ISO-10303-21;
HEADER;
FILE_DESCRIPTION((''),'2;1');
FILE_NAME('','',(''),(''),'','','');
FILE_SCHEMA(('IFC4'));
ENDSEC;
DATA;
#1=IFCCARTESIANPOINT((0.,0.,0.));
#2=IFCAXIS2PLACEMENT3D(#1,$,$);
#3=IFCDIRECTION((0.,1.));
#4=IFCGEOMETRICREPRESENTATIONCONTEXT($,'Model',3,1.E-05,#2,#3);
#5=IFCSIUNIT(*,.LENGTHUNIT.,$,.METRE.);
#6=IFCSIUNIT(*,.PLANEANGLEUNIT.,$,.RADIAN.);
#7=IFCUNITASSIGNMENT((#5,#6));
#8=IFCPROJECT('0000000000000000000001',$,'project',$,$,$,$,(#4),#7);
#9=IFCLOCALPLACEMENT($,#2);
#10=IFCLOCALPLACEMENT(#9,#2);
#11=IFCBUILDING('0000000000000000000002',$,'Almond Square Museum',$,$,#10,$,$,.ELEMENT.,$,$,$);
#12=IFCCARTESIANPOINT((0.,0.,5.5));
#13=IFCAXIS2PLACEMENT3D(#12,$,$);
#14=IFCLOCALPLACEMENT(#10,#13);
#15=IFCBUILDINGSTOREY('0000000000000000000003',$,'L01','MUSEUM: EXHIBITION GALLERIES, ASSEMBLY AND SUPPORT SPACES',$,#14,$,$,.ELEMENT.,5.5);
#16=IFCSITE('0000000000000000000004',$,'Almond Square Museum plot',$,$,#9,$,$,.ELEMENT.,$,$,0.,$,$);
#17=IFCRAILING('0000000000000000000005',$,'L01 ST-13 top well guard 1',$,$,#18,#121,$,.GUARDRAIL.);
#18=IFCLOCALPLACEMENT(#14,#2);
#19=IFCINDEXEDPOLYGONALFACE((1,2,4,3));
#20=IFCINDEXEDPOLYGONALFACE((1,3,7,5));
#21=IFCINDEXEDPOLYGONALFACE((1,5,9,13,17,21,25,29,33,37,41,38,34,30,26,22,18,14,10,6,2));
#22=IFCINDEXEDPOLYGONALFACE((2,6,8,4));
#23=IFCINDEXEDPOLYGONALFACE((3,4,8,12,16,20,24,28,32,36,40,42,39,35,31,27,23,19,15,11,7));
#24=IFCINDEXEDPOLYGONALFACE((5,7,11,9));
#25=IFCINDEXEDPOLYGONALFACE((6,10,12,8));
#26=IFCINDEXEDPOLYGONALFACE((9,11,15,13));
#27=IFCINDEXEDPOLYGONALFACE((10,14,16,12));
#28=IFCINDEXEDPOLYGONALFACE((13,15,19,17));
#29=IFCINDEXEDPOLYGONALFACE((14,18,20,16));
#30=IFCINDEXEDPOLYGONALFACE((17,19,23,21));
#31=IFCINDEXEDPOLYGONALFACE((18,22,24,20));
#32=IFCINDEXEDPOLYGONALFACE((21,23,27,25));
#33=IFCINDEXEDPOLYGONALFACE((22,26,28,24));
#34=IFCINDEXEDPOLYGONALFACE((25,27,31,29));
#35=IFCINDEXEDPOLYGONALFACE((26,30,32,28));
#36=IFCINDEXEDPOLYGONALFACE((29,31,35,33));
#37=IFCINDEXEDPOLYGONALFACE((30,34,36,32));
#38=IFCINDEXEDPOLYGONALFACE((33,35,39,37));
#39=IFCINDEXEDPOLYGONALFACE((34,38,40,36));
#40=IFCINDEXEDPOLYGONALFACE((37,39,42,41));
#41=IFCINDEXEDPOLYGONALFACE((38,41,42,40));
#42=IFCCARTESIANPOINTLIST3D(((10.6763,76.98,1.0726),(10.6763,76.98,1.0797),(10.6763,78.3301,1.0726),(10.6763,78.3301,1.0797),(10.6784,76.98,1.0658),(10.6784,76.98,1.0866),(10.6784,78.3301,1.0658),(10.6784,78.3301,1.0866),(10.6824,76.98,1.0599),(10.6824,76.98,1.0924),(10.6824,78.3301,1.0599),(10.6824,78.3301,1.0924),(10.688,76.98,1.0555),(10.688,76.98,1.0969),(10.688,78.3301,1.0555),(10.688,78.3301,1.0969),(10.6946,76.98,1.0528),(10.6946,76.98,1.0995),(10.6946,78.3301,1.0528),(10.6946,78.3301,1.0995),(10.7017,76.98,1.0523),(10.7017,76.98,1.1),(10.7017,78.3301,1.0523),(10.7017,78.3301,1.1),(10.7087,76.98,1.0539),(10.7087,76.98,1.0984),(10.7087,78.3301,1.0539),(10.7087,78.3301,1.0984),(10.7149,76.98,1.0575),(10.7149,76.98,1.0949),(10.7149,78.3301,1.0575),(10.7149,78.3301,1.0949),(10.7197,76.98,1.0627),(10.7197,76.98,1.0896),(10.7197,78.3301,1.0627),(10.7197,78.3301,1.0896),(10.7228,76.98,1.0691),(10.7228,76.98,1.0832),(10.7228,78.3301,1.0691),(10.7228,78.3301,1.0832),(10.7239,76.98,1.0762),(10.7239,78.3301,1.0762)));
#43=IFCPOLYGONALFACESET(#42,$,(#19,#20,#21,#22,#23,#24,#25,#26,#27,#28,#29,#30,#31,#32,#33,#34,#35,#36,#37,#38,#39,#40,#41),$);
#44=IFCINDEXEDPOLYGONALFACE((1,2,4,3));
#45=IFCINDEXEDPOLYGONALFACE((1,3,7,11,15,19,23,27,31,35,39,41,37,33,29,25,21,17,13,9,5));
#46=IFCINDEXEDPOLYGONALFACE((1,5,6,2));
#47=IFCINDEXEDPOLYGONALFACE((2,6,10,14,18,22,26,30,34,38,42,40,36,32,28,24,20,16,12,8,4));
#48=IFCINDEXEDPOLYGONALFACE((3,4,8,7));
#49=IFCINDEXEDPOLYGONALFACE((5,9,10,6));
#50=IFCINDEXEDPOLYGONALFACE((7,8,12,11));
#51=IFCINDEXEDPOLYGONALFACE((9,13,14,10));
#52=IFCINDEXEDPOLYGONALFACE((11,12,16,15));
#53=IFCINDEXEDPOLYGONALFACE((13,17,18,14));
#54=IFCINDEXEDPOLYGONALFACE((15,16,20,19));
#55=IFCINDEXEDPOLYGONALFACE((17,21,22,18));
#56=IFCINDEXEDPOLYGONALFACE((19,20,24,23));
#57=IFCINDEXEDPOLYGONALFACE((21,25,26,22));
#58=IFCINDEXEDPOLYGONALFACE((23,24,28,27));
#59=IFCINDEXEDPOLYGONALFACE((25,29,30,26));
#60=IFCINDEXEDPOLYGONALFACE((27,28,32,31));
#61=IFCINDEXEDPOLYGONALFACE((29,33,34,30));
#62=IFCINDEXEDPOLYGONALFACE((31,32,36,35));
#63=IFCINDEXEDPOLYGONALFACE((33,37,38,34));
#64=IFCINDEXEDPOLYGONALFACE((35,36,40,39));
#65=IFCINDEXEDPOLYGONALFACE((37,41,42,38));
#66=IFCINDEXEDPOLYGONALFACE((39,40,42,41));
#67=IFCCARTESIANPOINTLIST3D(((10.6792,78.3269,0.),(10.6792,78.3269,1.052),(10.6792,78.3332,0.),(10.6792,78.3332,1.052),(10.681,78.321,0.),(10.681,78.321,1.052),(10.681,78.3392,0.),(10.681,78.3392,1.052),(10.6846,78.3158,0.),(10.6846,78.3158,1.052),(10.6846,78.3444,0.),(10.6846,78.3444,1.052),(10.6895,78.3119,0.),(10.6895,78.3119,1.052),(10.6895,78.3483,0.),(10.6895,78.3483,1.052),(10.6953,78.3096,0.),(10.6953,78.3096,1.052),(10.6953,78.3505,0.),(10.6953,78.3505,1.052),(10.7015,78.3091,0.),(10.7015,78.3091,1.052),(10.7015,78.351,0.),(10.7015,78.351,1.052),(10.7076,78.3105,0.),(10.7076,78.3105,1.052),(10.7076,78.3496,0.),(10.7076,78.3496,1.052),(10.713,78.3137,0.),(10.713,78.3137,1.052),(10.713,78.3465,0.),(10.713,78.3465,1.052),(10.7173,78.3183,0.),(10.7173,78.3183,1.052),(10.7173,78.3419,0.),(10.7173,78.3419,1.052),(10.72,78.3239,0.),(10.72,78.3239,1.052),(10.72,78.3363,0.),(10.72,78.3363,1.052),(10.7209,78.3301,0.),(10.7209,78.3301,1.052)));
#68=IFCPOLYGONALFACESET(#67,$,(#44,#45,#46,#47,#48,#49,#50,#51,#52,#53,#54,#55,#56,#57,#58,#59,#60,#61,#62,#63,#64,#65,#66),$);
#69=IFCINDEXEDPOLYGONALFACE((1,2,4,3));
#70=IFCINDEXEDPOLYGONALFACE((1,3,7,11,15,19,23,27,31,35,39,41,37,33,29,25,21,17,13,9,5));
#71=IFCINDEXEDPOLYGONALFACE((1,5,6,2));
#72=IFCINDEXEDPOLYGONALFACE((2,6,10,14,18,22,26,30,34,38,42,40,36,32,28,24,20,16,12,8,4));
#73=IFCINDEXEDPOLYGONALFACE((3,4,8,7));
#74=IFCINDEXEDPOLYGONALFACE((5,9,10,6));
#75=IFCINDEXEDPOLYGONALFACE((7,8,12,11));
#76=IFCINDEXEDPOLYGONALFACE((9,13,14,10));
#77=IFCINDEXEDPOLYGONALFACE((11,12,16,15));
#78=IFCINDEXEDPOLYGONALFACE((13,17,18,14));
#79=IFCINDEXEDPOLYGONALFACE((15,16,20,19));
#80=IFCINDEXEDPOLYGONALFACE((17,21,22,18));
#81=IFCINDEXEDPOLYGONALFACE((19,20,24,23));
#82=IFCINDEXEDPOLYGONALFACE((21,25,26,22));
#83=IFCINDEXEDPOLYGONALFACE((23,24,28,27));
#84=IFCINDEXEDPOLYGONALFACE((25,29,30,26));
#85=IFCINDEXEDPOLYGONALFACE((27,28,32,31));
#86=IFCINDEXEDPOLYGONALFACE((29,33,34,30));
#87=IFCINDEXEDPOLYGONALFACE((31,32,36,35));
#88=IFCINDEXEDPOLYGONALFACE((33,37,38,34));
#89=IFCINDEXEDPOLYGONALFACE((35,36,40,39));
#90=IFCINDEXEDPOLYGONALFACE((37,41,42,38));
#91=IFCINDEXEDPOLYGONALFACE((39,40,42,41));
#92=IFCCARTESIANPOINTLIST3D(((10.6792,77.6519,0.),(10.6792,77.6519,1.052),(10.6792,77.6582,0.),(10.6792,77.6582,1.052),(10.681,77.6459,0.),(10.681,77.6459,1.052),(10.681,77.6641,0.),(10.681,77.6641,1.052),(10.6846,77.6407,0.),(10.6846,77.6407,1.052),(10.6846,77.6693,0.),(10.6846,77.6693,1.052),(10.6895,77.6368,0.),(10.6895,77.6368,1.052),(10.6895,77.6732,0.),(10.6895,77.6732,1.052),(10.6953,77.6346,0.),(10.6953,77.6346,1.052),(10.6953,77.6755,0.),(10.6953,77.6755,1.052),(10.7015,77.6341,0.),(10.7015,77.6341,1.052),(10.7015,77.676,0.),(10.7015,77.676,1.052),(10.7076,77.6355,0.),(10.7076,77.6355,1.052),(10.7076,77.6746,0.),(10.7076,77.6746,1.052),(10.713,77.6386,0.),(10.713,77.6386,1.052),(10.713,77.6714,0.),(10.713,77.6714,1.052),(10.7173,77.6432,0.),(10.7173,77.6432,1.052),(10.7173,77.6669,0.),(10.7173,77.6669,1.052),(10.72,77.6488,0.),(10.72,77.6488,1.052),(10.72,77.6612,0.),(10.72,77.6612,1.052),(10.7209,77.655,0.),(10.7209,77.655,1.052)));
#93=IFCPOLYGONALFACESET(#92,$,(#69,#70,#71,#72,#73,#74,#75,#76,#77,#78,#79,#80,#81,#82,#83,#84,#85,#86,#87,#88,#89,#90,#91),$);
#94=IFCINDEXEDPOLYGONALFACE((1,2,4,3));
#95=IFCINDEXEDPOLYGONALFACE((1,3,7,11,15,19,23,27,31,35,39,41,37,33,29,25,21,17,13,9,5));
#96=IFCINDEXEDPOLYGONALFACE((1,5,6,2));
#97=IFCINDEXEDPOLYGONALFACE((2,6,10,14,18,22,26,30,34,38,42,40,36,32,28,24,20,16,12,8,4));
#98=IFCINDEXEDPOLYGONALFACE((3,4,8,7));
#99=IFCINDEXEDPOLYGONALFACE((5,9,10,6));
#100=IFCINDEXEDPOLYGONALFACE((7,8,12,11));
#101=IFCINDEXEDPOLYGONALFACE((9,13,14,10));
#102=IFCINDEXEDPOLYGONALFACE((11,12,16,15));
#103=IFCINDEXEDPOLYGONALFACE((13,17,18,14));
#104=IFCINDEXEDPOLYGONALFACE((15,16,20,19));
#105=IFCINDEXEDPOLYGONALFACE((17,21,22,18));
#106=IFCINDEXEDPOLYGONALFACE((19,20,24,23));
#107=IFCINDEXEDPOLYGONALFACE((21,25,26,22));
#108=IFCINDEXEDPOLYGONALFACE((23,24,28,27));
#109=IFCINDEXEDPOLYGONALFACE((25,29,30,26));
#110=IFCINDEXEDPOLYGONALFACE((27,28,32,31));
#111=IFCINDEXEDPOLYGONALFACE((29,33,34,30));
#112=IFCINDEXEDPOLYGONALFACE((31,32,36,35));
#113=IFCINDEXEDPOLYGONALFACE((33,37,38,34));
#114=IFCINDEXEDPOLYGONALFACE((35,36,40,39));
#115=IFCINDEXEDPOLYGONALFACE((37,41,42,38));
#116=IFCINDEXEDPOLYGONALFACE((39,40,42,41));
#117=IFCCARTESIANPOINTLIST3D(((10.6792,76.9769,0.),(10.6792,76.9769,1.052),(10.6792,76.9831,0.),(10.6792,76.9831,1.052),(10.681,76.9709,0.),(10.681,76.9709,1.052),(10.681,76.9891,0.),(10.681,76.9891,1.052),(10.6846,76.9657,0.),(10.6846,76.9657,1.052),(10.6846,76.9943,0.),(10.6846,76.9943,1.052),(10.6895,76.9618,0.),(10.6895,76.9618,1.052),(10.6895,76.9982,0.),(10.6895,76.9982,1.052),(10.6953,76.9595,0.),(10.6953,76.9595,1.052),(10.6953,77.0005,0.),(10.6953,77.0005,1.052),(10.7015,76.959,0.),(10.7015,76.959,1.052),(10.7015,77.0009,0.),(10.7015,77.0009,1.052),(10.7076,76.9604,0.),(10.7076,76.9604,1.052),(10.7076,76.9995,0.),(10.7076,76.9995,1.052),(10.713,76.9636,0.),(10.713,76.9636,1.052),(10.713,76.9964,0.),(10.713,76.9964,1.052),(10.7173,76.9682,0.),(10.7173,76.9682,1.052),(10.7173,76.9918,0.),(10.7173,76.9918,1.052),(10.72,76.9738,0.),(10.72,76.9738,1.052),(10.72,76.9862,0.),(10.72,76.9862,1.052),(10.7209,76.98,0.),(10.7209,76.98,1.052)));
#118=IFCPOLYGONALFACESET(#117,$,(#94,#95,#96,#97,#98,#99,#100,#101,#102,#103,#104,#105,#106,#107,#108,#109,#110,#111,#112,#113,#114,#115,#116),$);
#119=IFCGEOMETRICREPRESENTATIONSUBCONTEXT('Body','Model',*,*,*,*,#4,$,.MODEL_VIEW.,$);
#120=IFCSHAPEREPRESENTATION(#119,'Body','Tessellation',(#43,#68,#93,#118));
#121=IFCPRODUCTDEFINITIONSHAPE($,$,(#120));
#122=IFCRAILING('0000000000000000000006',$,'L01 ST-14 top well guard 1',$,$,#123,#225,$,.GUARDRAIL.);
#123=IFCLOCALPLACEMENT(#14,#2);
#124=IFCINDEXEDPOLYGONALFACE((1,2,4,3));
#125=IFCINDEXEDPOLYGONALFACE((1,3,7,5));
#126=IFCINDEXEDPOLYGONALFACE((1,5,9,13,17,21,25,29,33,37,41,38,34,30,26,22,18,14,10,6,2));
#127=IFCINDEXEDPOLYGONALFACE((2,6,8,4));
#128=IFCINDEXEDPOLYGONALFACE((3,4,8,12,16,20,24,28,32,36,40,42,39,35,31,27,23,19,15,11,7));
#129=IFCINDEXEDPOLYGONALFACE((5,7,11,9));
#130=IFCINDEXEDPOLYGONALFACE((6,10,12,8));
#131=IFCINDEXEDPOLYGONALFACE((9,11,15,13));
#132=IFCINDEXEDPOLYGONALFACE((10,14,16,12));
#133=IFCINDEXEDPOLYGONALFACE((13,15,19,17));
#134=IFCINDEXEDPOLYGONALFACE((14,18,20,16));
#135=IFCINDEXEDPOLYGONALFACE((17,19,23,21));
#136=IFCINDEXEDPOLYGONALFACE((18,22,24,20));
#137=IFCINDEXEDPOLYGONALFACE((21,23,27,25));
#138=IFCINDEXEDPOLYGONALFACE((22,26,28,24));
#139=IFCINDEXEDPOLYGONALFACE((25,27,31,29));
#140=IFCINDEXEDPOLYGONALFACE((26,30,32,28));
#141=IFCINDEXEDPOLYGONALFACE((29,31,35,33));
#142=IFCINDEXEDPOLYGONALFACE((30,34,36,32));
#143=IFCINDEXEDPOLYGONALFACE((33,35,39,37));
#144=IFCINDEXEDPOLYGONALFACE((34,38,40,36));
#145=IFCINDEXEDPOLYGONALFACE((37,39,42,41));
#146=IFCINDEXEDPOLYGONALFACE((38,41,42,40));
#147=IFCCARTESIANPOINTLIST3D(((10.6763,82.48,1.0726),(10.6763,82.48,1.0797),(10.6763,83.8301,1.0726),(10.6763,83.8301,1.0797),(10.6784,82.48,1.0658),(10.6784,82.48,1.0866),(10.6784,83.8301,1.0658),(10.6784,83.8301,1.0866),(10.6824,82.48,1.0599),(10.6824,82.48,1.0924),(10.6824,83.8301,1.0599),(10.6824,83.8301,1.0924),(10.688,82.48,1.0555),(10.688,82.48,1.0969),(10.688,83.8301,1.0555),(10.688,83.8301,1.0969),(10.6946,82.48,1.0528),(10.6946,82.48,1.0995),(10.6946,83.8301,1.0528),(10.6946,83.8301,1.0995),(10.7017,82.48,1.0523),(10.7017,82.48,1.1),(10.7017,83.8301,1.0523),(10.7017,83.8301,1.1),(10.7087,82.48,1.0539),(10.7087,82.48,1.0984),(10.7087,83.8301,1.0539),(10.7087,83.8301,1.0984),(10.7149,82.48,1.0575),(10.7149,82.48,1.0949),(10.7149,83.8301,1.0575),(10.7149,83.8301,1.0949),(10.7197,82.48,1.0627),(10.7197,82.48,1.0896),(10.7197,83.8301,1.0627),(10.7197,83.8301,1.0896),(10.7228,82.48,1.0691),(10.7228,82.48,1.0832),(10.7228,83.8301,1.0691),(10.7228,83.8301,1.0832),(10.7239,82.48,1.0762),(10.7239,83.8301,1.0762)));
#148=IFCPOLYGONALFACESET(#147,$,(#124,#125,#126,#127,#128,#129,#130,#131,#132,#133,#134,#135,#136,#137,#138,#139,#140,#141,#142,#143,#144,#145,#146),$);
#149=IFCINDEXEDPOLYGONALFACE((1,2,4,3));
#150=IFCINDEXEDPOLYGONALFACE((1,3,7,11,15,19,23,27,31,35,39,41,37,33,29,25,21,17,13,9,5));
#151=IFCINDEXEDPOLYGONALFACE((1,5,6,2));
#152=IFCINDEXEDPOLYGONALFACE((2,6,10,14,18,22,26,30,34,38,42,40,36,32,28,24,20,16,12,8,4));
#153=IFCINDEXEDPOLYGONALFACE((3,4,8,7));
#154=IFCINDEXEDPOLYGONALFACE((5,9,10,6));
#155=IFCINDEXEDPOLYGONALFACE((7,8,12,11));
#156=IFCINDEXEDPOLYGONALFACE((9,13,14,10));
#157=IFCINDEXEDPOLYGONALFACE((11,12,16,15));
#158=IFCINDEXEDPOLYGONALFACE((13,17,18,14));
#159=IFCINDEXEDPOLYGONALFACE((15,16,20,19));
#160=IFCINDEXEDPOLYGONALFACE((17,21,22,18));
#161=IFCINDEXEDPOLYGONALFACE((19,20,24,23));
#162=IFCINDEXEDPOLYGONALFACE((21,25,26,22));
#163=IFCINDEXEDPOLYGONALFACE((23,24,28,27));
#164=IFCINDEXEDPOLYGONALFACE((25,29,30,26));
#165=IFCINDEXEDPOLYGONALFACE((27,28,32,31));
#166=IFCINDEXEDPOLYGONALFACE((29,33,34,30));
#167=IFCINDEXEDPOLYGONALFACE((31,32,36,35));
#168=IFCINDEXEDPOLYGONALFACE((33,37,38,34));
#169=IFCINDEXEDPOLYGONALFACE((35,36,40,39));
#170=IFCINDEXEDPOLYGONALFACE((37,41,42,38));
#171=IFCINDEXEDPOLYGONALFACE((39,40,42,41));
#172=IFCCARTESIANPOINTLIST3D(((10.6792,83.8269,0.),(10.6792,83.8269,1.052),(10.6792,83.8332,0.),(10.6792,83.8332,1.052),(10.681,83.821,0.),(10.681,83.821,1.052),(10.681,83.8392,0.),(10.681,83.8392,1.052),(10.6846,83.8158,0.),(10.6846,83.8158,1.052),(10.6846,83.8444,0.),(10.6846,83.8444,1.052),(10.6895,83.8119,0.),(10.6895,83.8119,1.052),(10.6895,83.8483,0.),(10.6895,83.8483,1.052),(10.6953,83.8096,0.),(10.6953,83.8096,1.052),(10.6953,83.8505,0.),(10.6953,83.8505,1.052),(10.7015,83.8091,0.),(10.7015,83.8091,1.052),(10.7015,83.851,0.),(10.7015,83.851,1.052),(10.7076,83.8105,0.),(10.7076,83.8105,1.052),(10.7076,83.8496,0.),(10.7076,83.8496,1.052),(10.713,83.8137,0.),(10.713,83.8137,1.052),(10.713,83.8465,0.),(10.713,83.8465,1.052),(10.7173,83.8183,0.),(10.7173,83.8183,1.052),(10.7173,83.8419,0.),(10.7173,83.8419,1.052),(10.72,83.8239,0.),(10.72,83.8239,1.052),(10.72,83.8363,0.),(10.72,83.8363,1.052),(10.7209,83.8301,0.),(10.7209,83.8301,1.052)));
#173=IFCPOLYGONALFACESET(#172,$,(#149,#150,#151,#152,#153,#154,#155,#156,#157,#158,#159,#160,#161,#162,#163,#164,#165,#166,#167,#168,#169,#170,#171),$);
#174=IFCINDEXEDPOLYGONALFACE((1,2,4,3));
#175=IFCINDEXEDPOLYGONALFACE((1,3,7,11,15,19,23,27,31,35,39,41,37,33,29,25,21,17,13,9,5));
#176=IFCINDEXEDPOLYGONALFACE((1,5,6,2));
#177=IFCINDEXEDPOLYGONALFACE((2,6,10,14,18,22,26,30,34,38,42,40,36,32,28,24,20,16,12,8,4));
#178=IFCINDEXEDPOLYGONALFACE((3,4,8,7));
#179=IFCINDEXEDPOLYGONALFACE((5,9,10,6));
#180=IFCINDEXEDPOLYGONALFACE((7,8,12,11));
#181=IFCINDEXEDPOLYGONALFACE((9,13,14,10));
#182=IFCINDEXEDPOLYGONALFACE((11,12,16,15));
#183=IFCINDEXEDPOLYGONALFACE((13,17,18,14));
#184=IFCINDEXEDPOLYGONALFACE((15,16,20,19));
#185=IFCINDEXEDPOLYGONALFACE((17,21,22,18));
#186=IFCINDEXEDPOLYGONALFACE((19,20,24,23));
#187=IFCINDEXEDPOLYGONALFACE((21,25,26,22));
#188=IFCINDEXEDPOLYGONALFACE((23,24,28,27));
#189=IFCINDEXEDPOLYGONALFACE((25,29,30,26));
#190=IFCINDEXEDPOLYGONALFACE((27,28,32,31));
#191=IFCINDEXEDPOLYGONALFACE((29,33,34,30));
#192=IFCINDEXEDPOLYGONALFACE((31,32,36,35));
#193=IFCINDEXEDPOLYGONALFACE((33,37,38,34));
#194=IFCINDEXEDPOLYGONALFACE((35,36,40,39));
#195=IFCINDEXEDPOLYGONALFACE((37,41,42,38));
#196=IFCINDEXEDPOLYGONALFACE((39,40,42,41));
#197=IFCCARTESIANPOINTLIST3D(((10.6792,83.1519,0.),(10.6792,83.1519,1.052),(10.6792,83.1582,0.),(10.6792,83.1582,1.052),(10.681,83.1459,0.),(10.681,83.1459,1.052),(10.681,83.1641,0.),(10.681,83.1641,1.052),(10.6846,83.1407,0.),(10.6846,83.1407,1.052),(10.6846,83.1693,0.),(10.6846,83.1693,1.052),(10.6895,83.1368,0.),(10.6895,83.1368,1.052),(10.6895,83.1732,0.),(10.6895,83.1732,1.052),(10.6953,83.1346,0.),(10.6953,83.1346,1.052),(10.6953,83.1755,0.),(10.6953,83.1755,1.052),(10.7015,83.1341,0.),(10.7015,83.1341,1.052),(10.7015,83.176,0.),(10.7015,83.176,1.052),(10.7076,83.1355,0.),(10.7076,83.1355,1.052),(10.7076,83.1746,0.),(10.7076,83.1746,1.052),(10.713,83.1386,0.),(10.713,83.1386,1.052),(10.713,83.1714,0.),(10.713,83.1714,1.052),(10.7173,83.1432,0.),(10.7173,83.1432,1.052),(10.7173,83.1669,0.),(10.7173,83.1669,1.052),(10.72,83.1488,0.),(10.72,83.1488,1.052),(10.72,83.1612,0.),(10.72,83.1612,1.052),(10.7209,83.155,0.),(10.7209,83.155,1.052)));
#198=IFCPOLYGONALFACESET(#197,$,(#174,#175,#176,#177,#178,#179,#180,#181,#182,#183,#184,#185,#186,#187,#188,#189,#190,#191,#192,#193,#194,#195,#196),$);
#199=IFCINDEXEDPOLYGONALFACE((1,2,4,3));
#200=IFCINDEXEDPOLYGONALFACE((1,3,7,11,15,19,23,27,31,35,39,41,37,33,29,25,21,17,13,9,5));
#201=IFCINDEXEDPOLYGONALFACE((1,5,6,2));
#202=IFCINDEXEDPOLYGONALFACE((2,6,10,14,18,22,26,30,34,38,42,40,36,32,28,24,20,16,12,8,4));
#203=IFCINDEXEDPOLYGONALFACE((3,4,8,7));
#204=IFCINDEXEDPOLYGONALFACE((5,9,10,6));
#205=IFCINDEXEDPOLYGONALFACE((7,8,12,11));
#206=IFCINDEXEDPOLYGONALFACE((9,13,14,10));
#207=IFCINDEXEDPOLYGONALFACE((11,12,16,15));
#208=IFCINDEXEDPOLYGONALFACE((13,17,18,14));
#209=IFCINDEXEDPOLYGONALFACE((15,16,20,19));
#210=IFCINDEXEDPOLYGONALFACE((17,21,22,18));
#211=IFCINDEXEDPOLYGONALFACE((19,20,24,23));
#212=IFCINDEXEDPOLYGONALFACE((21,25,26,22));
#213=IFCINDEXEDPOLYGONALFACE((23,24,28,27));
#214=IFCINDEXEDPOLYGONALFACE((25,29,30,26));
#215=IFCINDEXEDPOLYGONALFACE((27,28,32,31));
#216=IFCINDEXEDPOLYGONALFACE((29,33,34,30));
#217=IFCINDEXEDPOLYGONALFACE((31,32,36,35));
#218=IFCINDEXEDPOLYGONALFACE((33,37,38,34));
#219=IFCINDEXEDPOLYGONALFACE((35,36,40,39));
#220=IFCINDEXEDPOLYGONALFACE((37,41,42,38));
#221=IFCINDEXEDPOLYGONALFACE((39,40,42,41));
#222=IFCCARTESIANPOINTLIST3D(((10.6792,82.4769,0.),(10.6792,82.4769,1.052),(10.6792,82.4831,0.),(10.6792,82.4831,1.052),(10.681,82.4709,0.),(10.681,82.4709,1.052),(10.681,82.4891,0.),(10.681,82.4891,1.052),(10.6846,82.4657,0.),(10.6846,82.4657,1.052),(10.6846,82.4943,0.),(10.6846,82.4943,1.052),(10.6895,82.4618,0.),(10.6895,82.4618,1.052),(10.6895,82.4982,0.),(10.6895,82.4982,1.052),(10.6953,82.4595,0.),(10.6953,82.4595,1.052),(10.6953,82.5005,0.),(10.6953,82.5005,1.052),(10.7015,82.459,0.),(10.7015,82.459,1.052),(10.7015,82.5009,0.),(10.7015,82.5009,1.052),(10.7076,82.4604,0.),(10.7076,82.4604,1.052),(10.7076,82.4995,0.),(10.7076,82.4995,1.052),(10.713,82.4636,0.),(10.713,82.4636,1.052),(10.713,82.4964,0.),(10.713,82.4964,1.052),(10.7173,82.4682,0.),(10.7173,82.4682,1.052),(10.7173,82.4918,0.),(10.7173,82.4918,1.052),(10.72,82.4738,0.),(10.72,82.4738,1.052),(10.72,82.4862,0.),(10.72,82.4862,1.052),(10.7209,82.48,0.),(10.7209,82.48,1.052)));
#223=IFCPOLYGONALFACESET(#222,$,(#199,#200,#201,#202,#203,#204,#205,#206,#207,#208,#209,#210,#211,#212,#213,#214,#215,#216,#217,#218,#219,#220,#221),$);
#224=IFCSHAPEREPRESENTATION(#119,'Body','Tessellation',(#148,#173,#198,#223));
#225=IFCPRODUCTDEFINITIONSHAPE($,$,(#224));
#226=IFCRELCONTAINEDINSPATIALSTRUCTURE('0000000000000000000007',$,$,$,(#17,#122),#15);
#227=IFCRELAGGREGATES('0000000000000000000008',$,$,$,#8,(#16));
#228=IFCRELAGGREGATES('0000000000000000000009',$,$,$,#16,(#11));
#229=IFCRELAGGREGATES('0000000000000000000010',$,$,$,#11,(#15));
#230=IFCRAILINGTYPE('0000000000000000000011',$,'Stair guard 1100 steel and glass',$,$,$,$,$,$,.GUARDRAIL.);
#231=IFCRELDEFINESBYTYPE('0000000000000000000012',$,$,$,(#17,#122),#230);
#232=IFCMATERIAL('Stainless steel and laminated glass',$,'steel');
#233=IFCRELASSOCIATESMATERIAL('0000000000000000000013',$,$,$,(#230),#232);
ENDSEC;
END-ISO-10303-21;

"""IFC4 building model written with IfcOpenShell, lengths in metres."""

from ifc_helpers import new_model, si_unit, direction, frame, origin, origin_2d, place, context, subcontext, project, spatial, circle, extrude, material, type_object, element, save


model = new_model("IFC4")

# Units and contexts
model_context = context("Model", 3, precision=1e-05, world=origin(), true_north=direction((0.0, 1.0)))
body_context = subcontext(model_context, "Body", "Model", "MODEL_VIEW")
ifc_project = project(units=[si_unit("LENGTHUNIT", "METRE"), si_unit("PLANEANGLEUNIT", "RADIAN")], contexts=[model_context])

# Site, building, storey
site_placement = place(None, origin())
site = spatial("IfcSite", under=ifc_project, at=site_placement, Name="Almond Square Museum plot", CompositionType="ELEMENT", RefElevation=0.0)
building_placement = place(site_placement, origin())
building = spatial("IfcBuilding", under=site, at=building_placement, Name="Almond Square Museum", CompositionType="ELEMENT")
storey_placement = place(building_placement, frame((0.0, 0.0, 5.5)))
storey = spatial("IfcBuildingStorey", under=building, at=storey_placement, Name="L01", Description="MUSEUM: EXHIBITION GALLERIES, ASSEMBLY AND SUPPORT SPACES", CompositionType="ELEMENT", Elevation=5.5)

# Railings
ifc_material_1 = material(Name="Stainless steel and laminated glass", Category="steel")
railing_type = type_object("IfcRailingType", Name="Stair guard 1100 steel and glass", PredefinedType="GUARDRAIL", material=ifc_material_1)
for number, where, name in (
    (1, (10.7, 78.3301, 0.0), "L01 ST-13 top well guard 1"),
    (2, (10.7, 83.8301, 0.0), "L01 ST-14 top well guard 1"),
):
    element("IfcRailing", number, at=place(storey_placement, frame(where)), inside=storey, type_object=railing_type, Name=name, PredefinedType="GUARDRAIL", context=body_context, shape_type="SweptSolid", body=[
        extrude(circle(Radius=0.0239, at=origin_2d()), frame((0.0, 0.0, 1.0762), z_axis=(0.0, -1.0, 0.0), x_axis=(1.0, 0.0, 0.0)), (0.0, 0.0, 1.0), 1.3501),
        extrude(circle(Radius=0.021, at=origin_2d()), origin(), (0.0, 0.0, 1.0), 1.052),
        extrude(circle(Radius=0.021, at=origin_2d()), frame((0.0, -0.675, 0.0)), (0.0, 0.0, 1.0), 1.052),
        extrude(circle(Radius=0.021, at=origin_2d()), frame((0.0, -1.3501, 0.0)), (0.0, 0.0, 1.0), 1.052),
    ])

save(model, "model.ifc")
